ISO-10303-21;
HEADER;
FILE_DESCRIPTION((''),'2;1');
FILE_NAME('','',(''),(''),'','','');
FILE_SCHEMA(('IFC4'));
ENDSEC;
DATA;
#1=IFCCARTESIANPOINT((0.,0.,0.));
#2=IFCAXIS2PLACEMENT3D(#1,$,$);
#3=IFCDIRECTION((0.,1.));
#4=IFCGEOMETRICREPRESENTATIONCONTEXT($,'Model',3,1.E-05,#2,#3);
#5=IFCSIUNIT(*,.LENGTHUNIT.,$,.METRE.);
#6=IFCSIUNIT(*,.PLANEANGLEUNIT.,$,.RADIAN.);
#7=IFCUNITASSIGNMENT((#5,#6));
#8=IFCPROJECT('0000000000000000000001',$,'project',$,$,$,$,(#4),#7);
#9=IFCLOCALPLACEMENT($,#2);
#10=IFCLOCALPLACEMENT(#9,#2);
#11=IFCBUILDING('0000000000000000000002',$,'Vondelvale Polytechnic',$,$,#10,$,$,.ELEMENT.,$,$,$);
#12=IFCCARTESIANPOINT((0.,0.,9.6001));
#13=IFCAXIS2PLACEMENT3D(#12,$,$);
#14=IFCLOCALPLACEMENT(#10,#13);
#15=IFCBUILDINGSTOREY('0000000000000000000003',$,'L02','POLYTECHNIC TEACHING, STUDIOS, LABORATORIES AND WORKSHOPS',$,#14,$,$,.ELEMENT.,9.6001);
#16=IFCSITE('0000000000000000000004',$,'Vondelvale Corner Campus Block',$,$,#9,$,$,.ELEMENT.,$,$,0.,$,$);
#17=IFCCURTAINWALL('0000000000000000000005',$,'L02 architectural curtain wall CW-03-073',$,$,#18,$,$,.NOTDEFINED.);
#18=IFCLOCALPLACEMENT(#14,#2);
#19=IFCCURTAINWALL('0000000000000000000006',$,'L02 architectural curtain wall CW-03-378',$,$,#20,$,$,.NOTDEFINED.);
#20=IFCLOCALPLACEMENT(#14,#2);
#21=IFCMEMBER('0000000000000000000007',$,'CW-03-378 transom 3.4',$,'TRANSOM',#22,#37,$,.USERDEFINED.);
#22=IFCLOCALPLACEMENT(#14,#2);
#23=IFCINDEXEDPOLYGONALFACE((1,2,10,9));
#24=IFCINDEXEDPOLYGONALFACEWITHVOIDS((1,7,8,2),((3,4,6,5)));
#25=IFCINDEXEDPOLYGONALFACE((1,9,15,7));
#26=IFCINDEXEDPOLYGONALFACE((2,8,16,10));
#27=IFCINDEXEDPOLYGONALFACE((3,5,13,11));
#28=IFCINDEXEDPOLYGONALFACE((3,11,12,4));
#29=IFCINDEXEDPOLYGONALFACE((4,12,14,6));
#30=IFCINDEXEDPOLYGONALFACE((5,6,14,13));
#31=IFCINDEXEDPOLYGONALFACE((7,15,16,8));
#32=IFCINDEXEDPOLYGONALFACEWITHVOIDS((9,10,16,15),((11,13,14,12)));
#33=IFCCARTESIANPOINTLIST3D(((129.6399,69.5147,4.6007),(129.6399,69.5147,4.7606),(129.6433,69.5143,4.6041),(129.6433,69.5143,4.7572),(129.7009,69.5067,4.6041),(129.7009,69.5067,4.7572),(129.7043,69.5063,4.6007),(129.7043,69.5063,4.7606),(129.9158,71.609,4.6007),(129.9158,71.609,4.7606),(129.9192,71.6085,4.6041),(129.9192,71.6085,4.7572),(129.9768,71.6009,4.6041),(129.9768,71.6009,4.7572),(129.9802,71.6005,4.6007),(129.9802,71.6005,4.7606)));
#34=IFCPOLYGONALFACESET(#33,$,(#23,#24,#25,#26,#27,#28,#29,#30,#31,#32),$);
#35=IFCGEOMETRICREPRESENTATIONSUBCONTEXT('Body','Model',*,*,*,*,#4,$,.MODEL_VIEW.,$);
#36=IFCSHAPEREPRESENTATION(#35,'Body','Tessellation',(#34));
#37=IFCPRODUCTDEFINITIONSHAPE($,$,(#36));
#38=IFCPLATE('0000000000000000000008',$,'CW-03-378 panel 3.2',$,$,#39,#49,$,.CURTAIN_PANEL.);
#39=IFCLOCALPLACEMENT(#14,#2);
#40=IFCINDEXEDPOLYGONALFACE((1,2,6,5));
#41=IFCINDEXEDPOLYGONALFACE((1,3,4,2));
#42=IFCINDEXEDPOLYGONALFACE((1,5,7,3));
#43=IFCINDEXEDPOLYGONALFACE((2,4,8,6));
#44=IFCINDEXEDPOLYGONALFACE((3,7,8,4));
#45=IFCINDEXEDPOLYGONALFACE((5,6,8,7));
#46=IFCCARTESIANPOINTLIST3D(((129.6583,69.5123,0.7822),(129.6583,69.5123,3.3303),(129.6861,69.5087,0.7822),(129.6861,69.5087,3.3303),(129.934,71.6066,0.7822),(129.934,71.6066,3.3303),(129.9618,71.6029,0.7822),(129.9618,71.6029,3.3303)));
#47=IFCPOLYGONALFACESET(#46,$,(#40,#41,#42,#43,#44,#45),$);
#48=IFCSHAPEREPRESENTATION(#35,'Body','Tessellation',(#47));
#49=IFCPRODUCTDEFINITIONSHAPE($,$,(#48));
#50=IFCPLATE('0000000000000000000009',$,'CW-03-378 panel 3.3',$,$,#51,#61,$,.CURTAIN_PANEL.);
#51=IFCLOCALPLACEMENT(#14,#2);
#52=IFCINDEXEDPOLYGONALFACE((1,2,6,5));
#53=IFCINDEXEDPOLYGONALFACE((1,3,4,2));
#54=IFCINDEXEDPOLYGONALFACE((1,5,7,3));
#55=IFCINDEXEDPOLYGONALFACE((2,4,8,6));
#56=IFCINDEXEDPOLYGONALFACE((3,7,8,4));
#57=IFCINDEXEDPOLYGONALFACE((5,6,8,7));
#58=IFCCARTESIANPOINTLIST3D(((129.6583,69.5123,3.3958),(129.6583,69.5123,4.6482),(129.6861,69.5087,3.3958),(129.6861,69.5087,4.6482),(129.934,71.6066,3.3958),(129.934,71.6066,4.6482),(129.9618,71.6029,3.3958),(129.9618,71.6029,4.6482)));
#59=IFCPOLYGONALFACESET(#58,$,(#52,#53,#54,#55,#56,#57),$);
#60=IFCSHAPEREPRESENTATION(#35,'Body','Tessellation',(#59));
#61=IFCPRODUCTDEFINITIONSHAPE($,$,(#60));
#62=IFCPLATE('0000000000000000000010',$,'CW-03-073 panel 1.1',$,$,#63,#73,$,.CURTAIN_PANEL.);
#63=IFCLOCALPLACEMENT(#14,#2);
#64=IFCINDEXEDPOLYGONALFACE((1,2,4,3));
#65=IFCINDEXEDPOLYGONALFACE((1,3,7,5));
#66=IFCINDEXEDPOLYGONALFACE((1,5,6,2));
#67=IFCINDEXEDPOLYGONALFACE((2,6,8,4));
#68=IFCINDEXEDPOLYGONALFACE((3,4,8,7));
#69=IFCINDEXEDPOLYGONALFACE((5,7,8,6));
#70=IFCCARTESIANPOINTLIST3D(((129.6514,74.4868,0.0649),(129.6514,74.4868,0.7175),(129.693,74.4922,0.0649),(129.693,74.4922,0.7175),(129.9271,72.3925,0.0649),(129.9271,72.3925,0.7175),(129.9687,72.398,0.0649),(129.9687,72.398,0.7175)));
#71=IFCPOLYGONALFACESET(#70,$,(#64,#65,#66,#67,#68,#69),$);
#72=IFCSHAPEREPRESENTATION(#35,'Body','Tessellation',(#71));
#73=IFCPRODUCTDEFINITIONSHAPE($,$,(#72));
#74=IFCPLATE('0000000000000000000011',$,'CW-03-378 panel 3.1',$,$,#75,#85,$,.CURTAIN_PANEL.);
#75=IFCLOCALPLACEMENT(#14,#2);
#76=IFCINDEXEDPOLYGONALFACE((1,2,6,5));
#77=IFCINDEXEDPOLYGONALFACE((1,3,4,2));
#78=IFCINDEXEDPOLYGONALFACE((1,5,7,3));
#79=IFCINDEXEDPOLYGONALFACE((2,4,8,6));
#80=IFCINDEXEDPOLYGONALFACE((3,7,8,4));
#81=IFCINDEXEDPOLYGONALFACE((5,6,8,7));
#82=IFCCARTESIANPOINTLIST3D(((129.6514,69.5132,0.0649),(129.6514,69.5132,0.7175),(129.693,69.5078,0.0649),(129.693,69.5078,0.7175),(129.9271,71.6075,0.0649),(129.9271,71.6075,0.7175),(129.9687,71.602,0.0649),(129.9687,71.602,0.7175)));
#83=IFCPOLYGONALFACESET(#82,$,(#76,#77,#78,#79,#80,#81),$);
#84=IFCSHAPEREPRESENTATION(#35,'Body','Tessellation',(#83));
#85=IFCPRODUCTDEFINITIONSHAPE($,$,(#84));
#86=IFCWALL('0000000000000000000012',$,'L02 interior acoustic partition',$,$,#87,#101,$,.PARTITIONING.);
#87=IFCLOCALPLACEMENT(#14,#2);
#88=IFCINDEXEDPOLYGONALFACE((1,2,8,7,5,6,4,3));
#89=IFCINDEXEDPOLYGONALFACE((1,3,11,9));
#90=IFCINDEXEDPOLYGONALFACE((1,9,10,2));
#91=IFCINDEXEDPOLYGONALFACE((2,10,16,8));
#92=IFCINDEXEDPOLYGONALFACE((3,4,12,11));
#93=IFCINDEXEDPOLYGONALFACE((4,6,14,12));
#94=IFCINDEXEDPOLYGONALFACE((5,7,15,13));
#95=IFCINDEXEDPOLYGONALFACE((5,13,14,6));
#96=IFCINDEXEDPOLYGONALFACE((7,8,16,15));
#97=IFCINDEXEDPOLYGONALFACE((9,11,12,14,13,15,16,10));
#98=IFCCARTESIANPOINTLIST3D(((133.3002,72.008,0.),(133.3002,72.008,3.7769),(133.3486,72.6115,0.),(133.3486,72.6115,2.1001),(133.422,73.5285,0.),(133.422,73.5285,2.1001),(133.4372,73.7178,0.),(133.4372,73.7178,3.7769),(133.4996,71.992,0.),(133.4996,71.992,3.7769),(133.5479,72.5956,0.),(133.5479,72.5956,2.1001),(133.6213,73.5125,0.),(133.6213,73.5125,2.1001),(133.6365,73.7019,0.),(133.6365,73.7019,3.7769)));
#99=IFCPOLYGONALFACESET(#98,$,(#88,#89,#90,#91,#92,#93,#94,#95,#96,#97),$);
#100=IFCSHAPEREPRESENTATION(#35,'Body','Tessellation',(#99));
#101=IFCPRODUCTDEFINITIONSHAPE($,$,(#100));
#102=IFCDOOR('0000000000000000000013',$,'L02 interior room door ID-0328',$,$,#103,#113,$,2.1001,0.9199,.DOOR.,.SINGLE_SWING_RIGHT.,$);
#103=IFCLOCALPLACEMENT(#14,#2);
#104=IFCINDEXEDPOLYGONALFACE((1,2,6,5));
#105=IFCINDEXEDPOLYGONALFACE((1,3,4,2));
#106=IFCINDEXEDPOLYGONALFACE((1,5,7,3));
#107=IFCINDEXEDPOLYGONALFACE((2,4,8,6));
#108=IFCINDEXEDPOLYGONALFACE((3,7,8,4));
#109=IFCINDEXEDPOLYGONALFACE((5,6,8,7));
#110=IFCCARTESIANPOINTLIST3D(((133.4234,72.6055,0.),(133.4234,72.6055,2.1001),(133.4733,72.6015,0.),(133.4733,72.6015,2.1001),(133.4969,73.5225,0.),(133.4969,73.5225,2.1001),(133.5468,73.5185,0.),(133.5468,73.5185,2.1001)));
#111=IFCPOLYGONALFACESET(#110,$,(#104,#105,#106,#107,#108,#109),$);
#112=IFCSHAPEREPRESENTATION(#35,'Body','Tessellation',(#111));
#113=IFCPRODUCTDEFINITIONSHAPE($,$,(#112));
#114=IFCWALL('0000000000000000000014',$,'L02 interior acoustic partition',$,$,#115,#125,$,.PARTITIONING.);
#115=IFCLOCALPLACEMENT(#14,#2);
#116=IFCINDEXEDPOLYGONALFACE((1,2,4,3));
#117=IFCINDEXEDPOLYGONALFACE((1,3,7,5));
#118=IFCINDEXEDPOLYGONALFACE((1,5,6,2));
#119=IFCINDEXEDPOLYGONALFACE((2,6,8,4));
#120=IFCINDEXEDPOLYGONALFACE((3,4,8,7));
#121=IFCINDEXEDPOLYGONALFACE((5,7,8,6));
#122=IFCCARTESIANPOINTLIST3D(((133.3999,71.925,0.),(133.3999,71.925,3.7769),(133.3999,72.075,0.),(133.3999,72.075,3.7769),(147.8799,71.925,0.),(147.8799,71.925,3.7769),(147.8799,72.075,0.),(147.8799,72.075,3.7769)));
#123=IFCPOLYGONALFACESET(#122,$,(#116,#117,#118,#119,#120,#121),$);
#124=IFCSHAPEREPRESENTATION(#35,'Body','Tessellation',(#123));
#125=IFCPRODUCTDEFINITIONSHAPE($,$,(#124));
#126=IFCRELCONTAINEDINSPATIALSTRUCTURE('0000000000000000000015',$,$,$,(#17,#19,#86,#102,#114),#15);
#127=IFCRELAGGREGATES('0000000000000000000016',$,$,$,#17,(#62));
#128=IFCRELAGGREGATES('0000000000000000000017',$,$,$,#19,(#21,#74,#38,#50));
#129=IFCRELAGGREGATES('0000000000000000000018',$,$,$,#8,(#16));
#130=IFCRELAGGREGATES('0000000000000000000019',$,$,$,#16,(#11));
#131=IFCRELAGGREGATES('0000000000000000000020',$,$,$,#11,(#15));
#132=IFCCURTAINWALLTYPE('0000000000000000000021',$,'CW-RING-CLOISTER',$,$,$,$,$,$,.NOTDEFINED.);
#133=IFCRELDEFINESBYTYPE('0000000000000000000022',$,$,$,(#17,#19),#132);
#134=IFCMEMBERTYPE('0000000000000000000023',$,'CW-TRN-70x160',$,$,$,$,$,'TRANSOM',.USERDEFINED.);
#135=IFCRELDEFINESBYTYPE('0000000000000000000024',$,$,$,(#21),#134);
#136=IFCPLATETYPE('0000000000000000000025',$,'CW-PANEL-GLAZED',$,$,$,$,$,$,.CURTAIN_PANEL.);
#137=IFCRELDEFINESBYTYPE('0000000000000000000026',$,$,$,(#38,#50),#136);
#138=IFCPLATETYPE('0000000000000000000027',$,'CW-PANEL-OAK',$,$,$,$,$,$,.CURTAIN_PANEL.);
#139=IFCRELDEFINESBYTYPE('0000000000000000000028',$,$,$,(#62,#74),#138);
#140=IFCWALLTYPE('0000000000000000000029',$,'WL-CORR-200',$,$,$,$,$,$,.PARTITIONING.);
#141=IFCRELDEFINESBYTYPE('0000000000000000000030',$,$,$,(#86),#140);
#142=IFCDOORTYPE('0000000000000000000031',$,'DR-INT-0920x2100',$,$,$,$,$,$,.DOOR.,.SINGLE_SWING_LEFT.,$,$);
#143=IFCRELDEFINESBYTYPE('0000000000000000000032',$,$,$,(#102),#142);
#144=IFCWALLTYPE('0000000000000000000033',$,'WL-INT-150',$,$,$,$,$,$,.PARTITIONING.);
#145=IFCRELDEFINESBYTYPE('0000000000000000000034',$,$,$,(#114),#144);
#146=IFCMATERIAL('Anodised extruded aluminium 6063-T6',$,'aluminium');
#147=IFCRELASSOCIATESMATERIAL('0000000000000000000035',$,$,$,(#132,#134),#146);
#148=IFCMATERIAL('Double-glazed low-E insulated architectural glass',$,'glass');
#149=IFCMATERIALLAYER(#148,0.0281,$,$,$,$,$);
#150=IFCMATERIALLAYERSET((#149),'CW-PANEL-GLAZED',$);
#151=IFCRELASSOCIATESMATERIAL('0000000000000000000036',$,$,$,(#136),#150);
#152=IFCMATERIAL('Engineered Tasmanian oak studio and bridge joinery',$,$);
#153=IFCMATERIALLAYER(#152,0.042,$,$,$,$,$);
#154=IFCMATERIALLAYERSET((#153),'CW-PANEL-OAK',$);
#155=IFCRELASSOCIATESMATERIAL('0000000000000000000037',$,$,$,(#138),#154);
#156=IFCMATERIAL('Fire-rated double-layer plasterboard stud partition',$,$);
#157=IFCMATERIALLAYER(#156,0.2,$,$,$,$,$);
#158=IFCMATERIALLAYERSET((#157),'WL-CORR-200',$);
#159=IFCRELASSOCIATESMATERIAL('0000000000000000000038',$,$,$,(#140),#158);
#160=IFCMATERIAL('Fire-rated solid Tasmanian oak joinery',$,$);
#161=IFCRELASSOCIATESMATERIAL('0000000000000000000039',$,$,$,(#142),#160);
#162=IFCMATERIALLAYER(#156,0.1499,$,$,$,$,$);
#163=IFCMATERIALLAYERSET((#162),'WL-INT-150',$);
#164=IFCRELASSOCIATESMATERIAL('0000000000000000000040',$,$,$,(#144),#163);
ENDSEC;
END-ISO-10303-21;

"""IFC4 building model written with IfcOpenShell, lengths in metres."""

from ifc_helpers import new_model, si_unit, direction, frame, frame_2d, origin, origin_2d, place, context, subcontext, project, spatial, rectangle, hollow_rectangle, extrude, material, layer, layer_set, material_profile, profile_set, type_object, element, fill, aggregate, save


model = new_model("IFC4")

# Units and contexts
model_context = context("Model", 3, precision=1e-05, world=origin(), true_north=direction((0.0, 1.0)))
body_context = subcontext(model_context, "Body", "Model", "MODEL_VIEW")
ifc_project = project(units=[si_unit("LENGTHUNIT", "METRE"), si_unit("PLANEANGLEUNIT", "RADIAN")], contexts=[model_context])

# Site, building, storey
site_placement = place(None, origin())
site = spatial("IfcSite", under=ifc_project, at=site_placement, Name="Vondelvale Corner Campus Block", CompositionType="ELEMENT", RefElevation=0.0)
building_placement = place(site_placement, origin())
building = spatial("IfcBuilding", under=site, at=building_placement, Name="Vondelvale Polytechnic", CompositionType="ELEMENT")
storey_placement = place(building_placement, frame((0.0, 0.0, 9.6001)))
storey = spatial("IfcBuildingStorey", under=building, at=storey_placement, Name="L02", Description="POLYTECHNIC TEACHING, STUDIOS, LABORATORIES AND WORKSHOPS", CompositionType="ELEMENT", Elevation=9.6001)

# Curtain walls
ifc_material_1 = material(Name="Anodised extruded aluminium 6063-T6", Category="aluminium")
curtain_wall_type = type_object("IfcCurtainWallType", Name="CW-RING-CLOISTER", PredefinedType="NOTDEFINED", material=ifc_material_1)
curtain_wall_1_placement = place(storey_placement, origin())
curtain_wall_1 = element("IfcCurtainWall", 1, at=curtain_wall_1_placement, inside=storey, type_object=curtain_wall_type, Name="L02 architectural curtain wall CW-03-073", PredefinedType="NOTDEFINED")
curtain_wall_2_placement = place(storey_placement, origin())
curtain_wall_2 = element("IfcCurtainWall", 2, at=curtain_wall_2_placement, inside=storey, type_object=curtain_wall_type, Name="L02 architectural curtain wall CW-03-378", PredefinedType="NOTDEFINED")

# Member
ifc_material_profile_1 = material_profile(ifc_material_1, hollow_rectangle(XDim=0.0649, YDim=0.1599, WallThickness=0.0034, at=origin_2d()), Name="CW-TRN-160x65")
ifc_profile_set_1 = profile_set([ifc_material_profile_1], Name="Anodised extruded aluminium 6063-T6")
member_type_1 = type_object("IfcMemberType", Name="CW-TRN-70x160", ElementType="TRANSOM", PredefinedType="USERDEFINED", material=ifc_profile_set_1)
member_1_placement = place(storey_placement, frame((129.6721, 69.5105, 4.6807), z_axis=(0.130604, 0.991435, 0.0), x_axis=(-0.991435, 0.130604, 0.0)))
member_1 = element("IfcMember", 3, at=member_1_placement, type_object=member_type_1, Name="CW-03-378 transom 3.4", ObjectType="TRANSOM", PredefinedType="USERDEFINED", context=body_context, shape_type="SweptSolid", body=[
    extrude(hollow_rectangle(XDim=0.0649, YDim=0.1599, WallThickness=0.0034, at=origin_2d()), origin(), (0.0, 0.0, 1.0), 2.1123),
])

# Plates
ifc_material_2 = material(Name="Double-glazed low-E insulated architectural glass", Category="glass")
ifc_layer_1 = layer(ifc_material_2, 0.0281)
ifc_layer_set_1 = layer_set([ifc_layer_1], Name="CW-PANEL-GLAZED")
plate_type_1 = type_object("IfcPlateType", Name="CW-PANEL-GLAZED", PredefinedType="CURTAIN_PANEL", material=ifc_layer_set_1)
plate_1_placement = place(storey_placement, frame((129.8101, 70.5576, 0.7822), z_axis=(0.0, 0.0, 1.0), x_axis=(0.130528, 0.991445, 0.0)))
plate_1 = element("IfcPlate", 4, at=plate_1_placement, type_object=plate_type_1, Name="CW-03-378 panel 3.2", PredefinedType="CURTAIN_PANEL", context=body_context, shape_type="SweptSolid", body=[
    extrude(rectangle(XDim=2.1123, YDim=0.0281, at=origin_2d()), origin(), (0.0, 0.0, 1.0), 2.5481),
])
plate_2_placement = place(storey_placement, frame((129.8101, 70.5576, 3.3958), z_axis=(0.0, 0.0, 1.0), x_axis=(0.130528, 0.991445, 0.0)))
plate_2 = element("IfcPlate", 5, at=plate_2_placement, type_object=plate_type_1, Name="CW-03-378 panel 3.3", PredefinedType="CURTAIN_PANEL", context=body_context, shape_type="SweptSolid", body=[
    extrude(rectangle(XDim=2.1123, YDim=0.0281, at=origin_2d()), origin(), (0.0, 0.0, 1.0), 1.2524),
])
ifc_material_3 = material(Name="Engineered Tasmanian oak studio and bridge joinery")
ifc_layer_2 = layer(ifc_material_3, 0.042)
ifc_layer_set_2 = layer_set([ifc_layer_2], Name="CW-PANEL-OAK")
plate_type_2 = type_object("IfcPlateType", Name="CW-PANEL-OAK", PredefinedType="CURTAIN_PANEL", material=ifc_layer_set_2)
plate_3_placement = place(storey_placement, frame((129.8101, 73.4424, 0.0649), z_axis=(0.0, 0.0, 1.0), x_axis=(-0.130528, 0.991445, 0.0)))
plate_3 = element("IfcPlate", 6, at=plate_3_placement, type_object=plate_type_2, Name="CW-03-073 panel 1.1", PredefinedType="CURTAIN_PANEL", context=body_context, shape_type="SweptSolid", body=[
    extrude(rectangle(XDim=2.1123, YDim=0.042, at=origin_2d()), origin(), (0.0, 0.0, 1.0), 0.6526),
])
aggregate(curtain_wall_1, [plate_3])
plate_4_placement = place(storey_placement, frame((129.8101, 70.5576, 0.0649), z_axis=(0.0, 0.0, 1.0), x_axis=(0.130528, 0.991445, 0.0)))
plate_4 = element("IfcPlate", 7, at=plate_4_placement, type_object=plate_type_2, Name="CW-03-378 panel 3.1", PredefinedType="CURTAIN_PANEL", context=body_context, shape_type="SweptSolid", body=[
    extrude(rectangle(XDim=2.1123, YDim=0.042, at=origin_2d()), origin(), (0.0, 0.0, 1.0), 0.6526),
])
aggregate(curtain_wall_2, [member_1, plate_4, plate_1, plate_2])

# Wall, opening, door
ifc_material_4 = material(Name="Fire-rated double-layer plasterboard stud partition")
ifc_layer_3 = layer(ifc_material_4, 0.2)
ifc_layer_set_3 = layer_set([ifc_layer_3], Name="WL-CORR-200")
wall_type_1 = type_object("IfcWallType", Name="WL-CORR-200", PredefinedType="PARTITIONING", material=ifc_layer_set_3)
wall_1_placement = place(storey_placement, frame((133.3999, 72.0, 0.0), z_axis=(0.0, 0.0, 1.0), x_axis=(0.079841, 0.996808, 0.0)))
wall_1 = element("IfcWall", 8, at=wall_1_placement, inside=storey, type_object=wall_type_1, Name="L02 interior acoustic partition", PredefinedType="PARTITIONING", context=body_context, shape_type="SweptSolid", body=[
    extrude(rectangle(XDim=1.7153, YDim=0.2, at=frame_2d((0.8577, 0.0))), origin(), (0.0, 0.0, 1.0), 3.7769),
])
opening_placement = place(wall_1_placement, frame((0.6055, 0.0, 0.0)))
opening = element("IfcOpeningElement", 9, at=opening_placement, cuts=wall_1, PredefinedType="OPENING", context=body_context, shape_type="SweptSolid", body=[
    extrude(rectangle(XDim=0.9199, YDim=2.1001, at=frame_2d((0.46, 1.05))), frame((0.0, 0.1099, 0.0), z_axis=(0.0, -1.0, 0.0), x_axis=(1.0, 0.0, 0.0)), (0.0, 0.0, 1.0), 0.22),
])
ifc_material_5 = material(Name="Fire-rated solid Tasmanian oak joinery")
door_type = type_object("IfcDoorType", Name="DR-INT-0920x2100", OperationType="SINGLE_SWING_LEFT", PredefinedType="DOOR", material=ifc_material_5)
door_placement = place(opening_placement, origin())
door = element("IfcDoor", 10, at=door_placement, inside=storey, type_object=door_type, Name="L02 interior room door ID-0328", OperationType="SINGLE_SWING_RIGHT", OverallHeight=2.1001, OverallWidth=0.9199, PredefinedType="DOOR", context=body_context, shape_type="SweptSolid", body=[
    extrude(rectangle(XDim=0.9199, YDim=2.1001, at=frame_2d((0.46, 1.05))), frame((0.0, 0.0249, 0.0), z_axis=(0.0, -1.0, 0.0), x_axis=(1.0, 0.0, 0.0)), (0.0, 0.0, 1.0), 0.05),
])
fill(opening, door)

# Wall
ifc_layer_4 = layer(ifc_material_4, 0.1499)
ifc_layer_set_4 = layer_set([ifc_layer_4], Name="WL-INT-150")
wall_type_2 = type_object("IfcWallType", Name="WL-INT-150", PredefinedType="PARTITIONING", material=ifc_layer_set_4)
wall_2_placement = place(storey_placement, frame((133.3999, 72.0, 0.0), z_axis=(0.0, 0.0, 1.0), x_axis=(1.0, 0.0, 0.0)))
element("IfcWall", 11, at=wall_2_placement, inside=storey, type_object=wall_type_2, Name="L02 interior acoustic partition", PredefinedType="PARTITIONING", context=body_context, shape_type="SweptSolid", body=[
    extrude(rectangle(XDim=14.48, YDim=0.1499, at=frame_2d((7.24, 0.0))), origin(), (0.0, 0.0, 1.0), 3.7769),
])

save(model, "model.ifc")
